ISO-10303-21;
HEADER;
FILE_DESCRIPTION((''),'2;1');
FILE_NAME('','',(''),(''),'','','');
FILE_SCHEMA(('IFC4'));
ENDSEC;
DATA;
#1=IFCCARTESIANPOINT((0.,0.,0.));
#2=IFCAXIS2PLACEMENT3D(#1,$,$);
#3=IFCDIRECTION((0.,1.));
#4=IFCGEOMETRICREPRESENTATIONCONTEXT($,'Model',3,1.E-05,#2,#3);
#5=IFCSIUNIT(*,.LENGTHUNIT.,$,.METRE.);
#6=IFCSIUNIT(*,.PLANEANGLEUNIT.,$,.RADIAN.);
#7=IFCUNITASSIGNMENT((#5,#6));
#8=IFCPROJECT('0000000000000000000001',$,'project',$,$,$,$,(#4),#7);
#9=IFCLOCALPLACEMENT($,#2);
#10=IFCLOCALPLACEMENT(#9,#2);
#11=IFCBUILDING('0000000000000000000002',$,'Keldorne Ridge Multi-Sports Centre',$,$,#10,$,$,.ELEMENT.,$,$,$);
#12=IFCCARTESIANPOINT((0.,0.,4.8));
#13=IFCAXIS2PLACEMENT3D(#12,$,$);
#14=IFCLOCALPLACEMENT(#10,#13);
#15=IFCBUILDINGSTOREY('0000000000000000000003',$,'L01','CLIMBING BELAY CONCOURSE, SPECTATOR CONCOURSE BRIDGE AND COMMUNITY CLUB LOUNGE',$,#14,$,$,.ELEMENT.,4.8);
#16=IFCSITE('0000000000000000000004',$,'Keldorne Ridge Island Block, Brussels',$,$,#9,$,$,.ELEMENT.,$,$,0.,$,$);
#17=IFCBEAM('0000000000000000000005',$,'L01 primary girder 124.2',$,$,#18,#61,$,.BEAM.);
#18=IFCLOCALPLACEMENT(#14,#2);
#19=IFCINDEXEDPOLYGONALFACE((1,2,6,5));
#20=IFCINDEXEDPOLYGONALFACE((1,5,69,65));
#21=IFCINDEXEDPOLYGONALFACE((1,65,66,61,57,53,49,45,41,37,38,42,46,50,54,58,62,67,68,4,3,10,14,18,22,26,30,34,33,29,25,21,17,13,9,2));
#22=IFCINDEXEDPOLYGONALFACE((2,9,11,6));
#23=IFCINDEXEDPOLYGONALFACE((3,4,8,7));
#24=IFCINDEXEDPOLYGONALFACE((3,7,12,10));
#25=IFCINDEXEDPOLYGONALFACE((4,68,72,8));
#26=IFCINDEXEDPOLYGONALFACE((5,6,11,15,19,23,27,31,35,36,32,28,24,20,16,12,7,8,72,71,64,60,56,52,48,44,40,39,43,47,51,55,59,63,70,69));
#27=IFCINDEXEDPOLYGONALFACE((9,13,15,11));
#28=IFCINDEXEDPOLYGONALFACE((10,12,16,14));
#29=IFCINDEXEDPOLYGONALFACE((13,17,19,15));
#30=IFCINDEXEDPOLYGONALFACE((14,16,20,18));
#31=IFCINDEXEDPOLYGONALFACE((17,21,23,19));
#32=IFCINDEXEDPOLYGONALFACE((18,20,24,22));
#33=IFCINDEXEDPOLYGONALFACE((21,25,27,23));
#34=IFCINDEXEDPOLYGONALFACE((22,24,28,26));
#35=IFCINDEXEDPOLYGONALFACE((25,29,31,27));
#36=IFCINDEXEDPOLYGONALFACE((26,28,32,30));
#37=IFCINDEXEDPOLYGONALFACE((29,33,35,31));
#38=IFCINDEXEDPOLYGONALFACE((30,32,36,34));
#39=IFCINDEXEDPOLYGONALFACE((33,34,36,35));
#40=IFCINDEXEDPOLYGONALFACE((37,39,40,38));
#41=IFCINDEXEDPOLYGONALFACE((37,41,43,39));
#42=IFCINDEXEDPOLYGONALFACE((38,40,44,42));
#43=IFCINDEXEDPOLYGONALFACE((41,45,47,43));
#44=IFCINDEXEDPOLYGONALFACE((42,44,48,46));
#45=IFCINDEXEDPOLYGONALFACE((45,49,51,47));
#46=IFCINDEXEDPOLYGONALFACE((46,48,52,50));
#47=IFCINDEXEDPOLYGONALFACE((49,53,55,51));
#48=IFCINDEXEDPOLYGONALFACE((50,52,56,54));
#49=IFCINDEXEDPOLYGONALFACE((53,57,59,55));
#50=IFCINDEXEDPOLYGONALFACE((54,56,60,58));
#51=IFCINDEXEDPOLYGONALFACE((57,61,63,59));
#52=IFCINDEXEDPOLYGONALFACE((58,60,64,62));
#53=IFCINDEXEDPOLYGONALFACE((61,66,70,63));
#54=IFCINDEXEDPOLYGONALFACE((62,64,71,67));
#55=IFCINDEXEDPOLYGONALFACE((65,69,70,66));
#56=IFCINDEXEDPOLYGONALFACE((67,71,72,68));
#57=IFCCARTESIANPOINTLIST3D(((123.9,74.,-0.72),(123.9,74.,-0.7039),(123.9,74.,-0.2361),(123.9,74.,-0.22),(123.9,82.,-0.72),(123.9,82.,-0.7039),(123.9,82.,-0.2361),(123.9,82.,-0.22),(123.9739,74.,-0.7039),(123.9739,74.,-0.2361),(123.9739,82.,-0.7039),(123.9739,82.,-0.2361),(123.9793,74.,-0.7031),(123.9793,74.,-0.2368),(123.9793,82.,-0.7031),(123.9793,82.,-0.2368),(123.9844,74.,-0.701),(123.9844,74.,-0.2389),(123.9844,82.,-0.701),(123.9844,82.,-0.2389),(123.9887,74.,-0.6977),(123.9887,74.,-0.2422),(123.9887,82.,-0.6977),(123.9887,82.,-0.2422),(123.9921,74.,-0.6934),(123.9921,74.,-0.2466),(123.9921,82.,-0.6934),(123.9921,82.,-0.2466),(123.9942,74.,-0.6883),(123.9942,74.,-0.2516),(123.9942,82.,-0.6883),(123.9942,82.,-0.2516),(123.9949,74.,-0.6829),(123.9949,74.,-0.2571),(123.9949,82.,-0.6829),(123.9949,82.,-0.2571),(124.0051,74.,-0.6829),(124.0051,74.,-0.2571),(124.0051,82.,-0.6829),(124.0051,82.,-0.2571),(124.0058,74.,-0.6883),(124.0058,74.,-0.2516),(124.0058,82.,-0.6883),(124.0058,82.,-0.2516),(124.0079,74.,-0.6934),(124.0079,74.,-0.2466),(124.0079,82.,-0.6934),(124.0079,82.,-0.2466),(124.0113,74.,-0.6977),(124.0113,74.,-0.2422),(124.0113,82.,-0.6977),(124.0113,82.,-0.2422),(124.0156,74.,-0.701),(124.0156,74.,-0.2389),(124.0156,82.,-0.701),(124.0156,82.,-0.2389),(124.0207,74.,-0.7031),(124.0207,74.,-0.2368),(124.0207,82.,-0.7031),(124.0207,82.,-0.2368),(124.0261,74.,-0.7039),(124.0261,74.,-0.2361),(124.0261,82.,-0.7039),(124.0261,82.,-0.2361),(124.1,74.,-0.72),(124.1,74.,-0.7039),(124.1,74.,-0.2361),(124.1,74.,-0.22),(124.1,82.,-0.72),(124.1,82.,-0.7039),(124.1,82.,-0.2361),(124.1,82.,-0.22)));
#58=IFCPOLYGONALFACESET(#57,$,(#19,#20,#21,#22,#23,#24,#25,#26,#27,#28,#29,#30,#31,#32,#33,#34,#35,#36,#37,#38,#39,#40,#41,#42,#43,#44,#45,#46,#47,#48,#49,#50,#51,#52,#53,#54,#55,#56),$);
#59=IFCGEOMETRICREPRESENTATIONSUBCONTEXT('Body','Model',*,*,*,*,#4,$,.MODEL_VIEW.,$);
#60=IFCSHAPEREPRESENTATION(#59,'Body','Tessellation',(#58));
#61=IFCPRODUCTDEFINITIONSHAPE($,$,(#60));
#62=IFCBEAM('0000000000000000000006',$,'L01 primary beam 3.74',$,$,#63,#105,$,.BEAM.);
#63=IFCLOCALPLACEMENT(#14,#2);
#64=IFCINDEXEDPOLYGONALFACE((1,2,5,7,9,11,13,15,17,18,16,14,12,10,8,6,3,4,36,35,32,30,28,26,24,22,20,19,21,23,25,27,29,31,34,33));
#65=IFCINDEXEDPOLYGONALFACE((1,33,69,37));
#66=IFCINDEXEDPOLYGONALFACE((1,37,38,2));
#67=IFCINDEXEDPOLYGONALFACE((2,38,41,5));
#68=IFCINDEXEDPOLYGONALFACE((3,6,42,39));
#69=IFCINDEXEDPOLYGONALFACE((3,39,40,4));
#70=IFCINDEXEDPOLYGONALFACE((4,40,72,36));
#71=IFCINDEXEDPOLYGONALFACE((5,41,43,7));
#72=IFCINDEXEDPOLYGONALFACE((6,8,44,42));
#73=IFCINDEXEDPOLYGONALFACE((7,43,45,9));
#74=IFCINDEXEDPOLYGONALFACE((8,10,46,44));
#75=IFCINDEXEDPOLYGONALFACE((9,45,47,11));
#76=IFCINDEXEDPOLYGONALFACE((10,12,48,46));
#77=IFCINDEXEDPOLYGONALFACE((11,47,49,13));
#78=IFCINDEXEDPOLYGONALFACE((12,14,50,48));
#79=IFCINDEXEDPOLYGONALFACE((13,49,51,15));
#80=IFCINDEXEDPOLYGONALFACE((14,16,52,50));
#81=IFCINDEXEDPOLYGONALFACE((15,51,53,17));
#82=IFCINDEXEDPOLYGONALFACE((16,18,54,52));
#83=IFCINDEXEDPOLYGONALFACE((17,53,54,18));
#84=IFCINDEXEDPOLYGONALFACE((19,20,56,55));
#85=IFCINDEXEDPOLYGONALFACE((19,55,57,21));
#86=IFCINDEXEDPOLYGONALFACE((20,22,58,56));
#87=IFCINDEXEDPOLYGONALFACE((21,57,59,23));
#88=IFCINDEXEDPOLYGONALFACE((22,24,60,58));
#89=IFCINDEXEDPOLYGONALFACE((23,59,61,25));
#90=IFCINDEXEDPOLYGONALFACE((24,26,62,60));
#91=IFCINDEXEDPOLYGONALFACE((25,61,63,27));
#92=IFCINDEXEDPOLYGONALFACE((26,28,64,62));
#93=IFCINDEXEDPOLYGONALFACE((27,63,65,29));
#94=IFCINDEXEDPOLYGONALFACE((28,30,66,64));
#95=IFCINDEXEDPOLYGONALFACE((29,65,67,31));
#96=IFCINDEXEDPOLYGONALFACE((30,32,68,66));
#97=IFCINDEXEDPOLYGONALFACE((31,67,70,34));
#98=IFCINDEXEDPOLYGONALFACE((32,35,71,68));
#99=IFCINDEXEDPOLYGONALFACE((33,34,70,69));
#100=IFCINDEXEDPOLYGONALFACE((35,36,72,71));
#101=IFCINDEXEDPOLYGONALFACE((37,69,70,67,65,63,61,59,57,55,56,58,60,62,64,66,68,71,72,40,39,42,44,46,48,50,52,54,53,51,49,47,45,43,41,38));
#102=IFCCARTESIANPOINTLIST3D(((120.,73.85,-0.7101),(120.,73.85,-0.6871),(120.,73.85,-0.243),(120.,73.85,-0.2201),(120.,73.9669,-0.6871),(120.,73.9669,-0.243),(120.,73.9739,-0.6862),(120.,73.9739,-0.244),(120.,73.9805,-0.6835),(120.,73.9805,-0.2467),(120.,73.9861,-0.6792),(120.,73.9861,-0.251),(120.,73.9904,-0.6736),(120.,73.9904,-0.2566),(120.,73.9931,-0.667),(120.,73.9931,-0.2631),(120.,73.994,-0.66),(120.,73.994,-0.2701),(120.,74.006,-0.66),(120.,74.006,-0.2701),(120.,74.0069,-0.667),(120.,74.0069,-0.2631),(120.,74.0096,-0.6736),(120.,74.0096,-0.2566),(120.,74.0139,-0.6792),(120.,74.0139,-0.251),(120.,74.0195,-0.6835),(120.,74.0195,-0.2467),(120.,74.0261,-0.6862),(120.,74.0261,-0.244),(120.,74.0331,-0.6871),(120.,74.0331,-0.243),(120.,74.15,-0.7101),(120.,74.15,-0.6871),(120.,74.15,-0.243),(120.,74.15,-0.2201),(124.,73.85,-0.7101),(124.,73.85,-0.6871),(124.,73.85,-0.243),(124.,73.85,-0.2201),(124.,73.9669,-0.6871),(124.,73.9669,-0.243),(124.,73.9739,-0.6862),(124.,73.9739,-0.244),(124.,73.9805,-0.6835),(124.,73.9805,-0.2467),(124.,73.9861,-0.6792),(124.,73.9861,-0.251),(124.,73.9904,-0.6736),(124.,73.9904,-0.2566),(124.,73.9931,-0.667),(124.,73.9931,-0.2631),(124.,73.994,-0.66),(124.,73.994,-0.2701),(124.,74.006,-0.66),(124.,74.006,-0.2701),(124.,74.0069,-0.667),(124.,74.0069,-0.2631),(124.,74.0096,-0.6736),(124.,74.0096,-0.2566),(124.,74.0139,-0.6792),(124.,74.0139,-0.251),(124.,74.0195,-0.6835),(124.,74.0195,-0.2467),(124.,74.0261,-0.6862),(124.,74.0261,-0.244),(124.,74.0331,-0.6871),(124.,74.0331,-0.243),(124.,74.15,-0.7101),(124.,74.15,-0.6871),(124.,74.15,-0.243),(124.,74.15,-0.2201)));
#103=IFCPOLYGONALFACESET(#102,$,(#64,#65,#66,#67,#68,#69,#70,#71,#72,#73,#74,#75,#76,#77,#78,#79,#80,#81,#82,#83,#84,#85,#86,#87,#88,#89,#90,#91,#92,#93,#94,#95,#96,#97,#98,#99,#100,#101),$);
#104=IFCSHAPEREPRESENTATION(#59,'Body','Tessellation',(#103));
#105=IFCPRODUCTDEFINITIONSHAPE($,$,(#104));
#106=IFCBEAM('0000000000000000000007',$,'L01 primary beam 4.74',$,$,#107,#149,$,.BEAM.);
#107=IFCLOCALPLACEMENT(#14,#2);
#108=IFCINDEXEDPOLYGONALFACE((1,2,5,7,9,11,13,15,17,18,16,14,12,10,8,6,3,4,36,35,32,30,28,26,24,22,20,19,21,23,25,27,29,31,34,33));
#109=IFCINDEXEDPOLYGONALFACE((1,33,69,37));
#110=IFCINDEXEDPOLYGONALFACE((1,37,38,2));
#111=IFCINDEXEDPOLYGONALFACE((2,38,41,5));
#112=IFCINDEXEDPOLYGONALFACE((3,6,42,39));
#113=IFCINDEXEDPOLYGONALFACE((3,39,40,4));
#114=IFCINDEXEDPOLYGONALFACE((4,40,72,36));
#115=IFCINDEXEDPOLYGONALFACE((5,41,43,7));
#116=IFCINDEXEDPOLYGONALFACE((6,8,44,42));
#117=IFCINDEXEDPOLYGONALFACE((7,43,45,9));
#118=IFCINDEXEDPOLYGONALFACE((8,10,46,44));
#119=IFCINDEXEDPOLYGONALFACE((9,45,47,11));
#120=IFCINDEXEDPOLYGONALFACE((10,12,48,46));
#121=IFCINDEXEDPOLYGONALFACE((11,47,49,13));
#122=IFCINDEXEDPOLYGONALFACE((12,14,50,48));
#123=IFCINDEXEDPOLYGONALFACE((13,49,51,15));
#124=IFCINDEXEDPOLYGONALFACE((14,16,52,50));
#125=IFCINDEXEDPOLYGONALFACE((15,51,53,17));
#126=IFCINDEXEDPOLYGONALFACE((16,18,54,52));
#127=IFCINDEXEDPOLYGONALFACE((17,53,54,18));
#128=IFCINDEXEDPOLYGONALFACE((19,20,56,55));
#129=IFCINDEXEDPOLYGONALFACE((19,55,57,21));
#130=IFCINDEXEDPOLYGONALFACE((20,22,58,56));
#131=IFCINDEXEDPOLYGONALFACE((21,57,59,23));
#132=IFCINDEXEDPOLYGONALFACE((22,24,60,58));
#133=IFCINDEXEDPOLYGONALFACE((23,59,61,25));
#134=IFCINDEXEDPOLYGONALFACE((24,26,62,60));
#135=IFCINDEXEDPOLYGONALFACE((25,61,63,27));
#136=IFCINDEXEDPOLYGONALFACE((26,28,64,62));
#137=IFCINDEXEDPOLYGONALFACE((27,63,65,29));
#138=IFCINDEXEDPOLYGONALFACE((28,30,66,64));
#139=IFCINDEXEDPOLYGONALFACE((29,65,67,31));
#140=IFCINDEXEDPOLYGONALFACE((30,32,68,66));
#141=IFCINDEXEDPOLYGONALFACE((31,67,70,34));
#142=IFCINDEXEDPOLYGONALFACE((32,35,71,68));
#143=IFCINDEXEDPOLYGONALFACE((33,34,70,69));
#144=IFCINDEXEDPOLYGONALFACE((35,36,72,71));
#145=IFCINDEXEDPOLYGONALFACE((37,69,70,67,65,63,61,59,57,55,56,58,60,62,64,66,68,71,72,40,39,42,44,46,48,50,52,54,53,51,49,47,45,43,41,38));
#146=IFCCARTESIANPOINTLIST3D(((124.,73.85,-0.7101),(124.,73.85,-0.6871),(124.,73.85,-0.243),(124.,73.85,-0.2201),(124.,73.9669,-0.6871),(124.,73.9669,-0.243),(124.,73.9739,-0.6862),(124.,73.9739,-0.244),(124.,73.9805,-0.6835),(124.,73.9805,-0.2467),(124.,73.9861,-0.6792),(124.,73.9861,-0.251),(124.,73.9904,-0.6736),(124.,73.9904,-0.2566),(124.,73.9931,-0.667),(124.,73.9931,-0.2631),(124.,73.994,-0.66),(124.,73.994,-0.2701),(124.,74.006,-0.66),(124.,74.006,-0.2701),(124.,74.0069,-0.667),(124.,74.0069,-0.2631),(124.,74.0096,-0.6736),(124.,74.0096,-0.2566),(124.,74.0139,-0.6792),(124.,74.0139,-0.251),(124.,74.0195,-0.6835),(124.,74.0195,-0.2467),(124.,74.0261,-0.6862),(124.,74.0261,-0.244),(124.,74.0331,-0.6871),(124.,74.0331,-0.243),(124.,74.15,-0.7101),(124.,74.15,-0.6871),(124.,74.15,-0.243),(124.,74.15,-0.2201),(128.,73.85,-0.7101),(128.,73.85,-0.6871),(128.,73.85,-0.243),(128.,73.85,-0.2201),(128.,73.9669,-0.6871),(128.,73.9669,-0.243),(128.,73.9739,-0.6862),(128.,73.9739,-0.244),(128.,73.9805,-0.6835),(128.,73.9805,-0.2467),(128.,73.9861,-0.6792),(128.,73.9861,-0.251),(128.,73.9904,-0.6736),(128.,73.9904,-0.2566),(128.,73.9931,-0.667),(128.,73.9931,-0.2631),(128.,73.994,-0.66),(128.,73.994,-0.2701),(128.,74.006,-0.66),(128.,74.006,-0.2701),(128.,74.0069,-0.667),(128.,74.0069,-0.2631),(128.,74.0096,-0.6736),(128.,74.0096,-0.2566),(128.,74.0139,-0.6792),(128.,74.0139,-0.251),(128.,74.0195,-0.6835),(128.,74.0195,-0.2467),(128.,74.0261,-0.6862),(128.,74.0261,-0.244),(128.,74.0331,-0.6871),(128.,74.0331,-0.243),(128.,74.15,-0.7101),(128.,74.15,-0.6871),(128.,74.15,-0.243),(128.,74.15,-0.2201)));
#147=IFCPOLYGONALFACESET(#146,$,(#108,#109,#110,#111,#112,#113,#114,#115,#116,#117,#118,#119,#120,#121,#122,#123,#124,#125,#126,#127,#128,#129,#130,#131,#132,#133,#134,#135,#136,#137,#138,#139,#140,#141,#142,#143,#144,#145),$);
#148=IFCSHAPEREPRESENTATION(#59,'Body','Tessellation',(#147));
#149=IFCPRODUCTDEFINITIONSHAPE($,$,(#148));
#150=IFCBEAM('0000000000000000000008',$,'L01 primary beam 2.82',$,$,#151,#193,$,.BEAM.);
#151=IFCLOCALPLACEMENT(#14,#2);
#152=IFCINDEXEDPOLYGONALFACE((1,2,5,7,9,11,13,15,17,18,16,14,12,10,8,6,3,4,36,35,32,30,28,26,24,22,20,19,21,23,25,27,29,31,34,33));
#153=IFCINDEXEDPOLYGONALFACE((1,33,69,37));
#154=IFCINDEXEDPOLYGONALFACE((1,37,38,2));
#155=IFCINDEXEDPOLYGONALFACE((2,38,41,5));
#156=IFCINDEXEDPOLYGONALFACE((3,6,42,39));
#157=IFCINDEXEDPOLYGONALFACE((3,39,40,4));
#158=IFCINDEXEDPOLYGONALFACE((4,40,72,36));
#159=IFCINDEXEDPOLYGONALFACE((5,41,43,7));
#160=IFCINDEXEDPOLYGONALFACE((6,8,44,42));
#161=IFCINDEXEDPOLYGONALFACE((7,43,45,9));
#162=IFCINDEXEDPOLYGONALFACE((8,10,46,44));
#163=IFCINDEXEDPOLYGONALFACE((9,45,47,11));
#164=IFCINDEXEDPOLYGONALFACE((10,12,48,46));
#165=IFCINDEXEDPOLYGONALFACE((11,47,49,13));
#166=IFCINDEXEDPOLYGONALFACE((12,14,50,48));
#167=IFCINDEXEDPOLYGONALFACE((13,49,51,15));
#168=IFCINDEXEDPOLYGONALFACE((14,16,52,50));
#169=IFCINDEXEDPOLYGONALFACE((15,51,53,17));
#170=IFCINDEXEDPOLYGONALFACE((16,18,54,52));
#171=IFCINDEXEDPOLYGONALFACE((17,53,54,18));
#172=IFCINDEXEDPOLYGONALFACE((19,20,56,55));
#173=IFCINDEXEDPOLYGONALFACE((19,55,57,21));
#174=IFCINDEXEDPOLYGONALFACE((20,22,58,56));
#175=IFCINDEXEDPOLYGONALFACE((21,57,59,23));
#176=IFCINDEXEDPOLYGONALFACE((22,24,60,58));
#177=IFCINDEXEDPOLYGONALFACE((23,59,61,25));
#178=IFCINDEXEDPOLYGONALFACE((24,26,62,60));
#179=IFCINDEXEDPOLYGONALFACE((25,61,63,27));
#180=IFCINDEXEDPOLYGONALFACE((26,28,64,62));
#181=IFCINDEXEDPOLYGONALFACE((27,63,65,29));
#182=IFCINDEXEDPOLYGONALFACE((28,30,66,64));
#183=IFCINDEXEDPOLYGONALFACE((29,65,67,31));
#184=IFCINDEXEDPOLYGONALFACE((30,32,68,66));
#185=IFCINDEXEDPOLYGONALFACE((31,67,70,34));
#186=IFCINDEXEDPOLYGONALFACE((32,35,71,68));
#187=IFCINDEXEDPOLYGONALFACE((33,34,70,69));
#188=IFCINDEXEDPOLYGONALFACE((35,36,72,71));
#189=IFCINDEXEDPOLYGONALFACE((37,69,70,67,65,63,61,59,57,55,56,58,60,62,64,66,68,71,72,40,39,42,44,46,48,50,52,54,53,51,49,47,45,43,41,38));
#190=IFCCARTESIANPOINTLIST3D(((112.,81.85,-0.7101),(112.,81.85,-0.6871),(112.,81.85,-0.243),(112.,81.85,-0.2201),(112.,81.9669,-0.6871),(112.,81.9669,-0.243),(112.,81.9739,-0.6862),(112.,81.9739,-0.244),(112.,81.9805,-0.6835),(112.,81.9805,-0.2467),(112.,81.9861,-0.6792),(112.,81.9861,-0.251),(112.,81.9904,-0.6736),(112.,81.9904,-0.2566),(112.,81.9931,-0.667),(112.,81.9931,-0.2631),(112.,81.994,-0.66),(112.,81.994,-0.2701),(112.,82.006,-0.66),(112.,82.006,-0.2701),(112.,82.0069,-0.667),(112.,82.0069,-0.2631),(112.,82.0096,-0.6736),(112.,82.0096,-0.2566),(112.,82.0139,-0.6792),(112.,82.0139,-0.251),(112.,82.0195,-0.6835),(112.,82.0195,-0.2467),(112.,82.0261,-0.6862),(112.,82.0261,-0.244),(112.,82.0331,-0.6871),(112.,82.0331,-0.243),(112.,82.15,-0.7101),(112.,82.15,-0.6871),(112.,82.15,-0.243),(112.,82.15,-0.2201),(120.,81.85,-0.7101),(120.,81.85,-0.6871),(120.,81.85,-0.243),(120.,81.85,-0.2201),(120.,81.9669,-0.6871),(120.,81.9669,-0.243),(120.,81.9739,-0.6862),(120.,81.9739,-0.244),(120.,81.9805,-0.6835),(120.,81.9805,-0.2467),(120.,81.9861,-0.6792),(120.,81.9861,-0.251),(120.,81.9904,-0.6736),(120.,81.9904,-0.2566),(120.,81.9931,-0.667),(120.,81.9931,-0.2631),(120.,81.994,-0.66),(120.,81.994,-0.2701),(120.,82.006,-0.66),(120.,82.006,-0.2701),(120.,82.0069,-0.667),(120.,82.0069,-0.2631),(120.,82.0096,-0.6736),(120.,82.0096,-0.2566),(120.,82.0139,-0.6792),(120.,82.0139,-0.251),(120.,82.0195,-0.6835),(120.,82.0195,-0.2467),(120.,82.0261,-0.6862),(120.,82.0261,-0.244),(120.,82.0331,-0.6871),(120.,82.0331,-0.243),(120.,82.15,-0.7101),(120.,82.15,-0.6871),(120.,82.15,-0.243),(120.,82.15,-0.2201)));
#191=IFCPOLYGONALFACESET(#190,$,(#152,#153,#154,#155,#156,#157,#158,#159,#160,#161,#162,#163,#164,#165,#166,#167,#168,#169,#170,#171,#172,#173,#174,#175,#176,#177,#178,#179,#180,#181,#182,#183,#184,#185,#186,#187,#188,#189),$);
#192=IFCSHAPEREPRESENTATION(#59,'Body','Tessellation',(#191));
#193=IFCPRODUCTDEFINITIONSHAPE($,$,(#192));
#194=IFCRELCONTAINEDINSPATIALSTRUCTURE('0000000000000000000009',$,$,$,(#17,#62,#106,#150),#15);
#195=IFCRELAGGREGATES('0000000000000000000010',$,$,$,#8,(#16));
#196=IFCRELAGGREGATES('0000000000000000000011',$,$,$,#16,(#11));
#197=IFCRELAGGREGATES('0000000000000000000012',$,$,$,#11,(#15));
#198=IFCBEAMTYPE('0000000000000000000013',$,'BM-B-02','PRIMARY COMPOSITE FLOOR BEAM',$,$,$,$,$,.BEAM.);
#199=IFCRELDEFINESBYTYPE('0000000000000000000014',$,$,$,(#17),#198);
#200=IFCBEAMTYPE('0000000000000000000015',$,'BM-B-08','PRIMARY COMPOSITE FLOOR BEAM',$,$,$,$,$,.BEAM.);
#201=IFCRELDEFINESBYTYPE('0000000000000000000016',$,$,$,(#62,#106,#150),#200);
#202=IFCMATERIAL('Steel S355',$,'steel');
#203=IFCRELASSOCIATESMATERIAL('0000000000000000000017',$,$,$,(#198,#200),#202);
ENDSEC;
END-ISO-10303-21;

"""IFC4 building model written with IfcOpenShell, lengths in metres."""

from ifc_helpers import new_model, si_unit, direction, frame, origin, origin_2d, place, context, subcontext, project, spatial, i_section, extrude, material, material_profile, profile_set, type_object, element, save


model = new_model("IFC4")

# Units and contexts
model_context = context("Model", 3, precision=1e-05, world=origin(), true_north=direction((0.0, 1.0)))
body_context = subcontext(model_context, "Body", "Model", "MODEL_VIEW")
ifc_project = project(units=[si_unit("LENGTHUNIT", "METRE"), si_unit("PLANEANGLEUNIT", "RADIAN")], contexts=[model_context])

# Site, building, storey
site_placement = place(None, origin())
site = spatial("IfcSite", under=ifc_project, at=site_placement, Name="Keldorne Ridge Island Block, Brussels", CompositionType="ELEMENT", RefElevation=0.0)
building_placement = place(site_placement, origin())
building = spatial("IfcBuilding", under=site, at=building_placement, Name="Keldorne Ridge Multi-Sports Centre", CompositionType="ELEMENT")
storey_placement = place(building_placement, frame((0.0, 0.0, 4.8)))
storey = spatial("IfcBuildingStorey", under=building, at=storey_placement, Name="L01", Description="CLIMBING BELAY CONCOURSE, SPECTATOR CONCOURSE BRIDGE AND COMMUNITY CLUB LOUNGE", CompositionType="ELEMENT", Elevation=4.8)

# Shared definitions
ifc_material_1 = material(Name="Steel S355", Category="steel")

# Beams
ifc_material_profile_1 = material_profile(ifc_material_1, i_section(OverallWidth=0.2, OverallDepth=0.5, WebThickness=0.0103, FlangeThickness=0.0161, FilletRadius=0.021, at=origin_2d()), Name="IPE 500")
ifc_profile_set_1 = profile_set([ifc_material_profile_1], Name="Steel S355")
beam_type_1 = type_object("IfcBeamType", Name="BM-B-02", Description="PRIMARY COMPOSITE FLOOR BEAM", PredefinedType="BEAM", material=ifc_profile_set_1)
for number, where, z_axis, x_axis, name in (
    (1, (124.0, 74.0, -0.47), (0.0, 1.0, 0.0), (-1.0, 0.0, 0.0), "L01 primary girder 124.2"),
):
    element("IfcBeam", number, at=place(storey_placement, frame(where, z_axis=z_axis, x_axis=x_axis)), inside=storey, type_object=beam_type_1, Name=name, PredefinedType="BEAM", context=body_context, shape_type="SweptSolid", body=[
        extrude(i_section(OverallWidth=0.2, OverallDepth=0.5, WebThickness=0.0103, FlangeThickness=0.0161, FilletRadius=0.021, at=origin_2d()), origin(), (0.0, 0.0, 1.0), 8.0),
    ])
ifc_material_profile_2 = material_profile(ifc_material_1, i_section(OverallWidth=0.3, OverallDepth=0.49, WebThickness=0.012, FlangeThickness=0.0229, FilletRadius=0.0271, at=origin_2d()), Name="HEA 500")
ifc_profile_set_2 = profile_set([ifc_material_profile_2], Name="Steel S355")
beam_type_2 = type_object("IfcBeamType", Name="BM-B-08", Description="PRIMARY COMPOSITE FLOOR BEAM", PredefinedType="BEAM", material=ifc_profile_set_2)
for number, where, z_axis, x_axis, name in (
    (2, (120.0, 74.0, -0.4651), (1.0, 0.0, 0.0), (0.0, 1.0, 0.0), "L01 primary beam 3.74"),
    (3, (124.0, 74.0, -0.4651), (1.0, 0.0, 0.0), (0.0, 1.0, 0.0), "L01 primary beam 4.74"),
):
    element("IfcBeam", number, at=place(storey_placement, frame(where, z_axis=z_axis, x_axis=x_axis)), inside=storey, type_object=beam_type_2, Name=name, PredefinedType="BEAM", context=body_context, shape_type="SweptSolid", body=[
        extrude(i_section(OverallWidth=0.3, OverallDepth=0.49, WebThickness=0.012, FlangeThickness=0.0229, FilletRadius=0.0271, at=origin_2d()), origin(), (0.0, 0.0, 1.0), 4.0),
    ])
beam_placement = place(storey_placement, frame((112.0, 82.0, -0.4651), z_axis=(1.0, 0.0, 0.0), x_axis=(0.0, 1.0, 0.0)))
element("IfcBeam", 4, at=beam_placement, inside=storey, type_object=beam_type_2, Name="L01 primary beam 2.82", PredefinedType="BEAM", context=body_context, shape_type="SweptSolid", body=[
    extrude(i_section(OverallWidth=0.3, OverallDepth=0.49, WebThickness=0.012, FlangeThickness=0.0229, FilletRadius=0.0271, at=origin_2d()), origin(), (0.0, 0.0, 1.0), 8.0),
])

save(model, "model.ifc")
